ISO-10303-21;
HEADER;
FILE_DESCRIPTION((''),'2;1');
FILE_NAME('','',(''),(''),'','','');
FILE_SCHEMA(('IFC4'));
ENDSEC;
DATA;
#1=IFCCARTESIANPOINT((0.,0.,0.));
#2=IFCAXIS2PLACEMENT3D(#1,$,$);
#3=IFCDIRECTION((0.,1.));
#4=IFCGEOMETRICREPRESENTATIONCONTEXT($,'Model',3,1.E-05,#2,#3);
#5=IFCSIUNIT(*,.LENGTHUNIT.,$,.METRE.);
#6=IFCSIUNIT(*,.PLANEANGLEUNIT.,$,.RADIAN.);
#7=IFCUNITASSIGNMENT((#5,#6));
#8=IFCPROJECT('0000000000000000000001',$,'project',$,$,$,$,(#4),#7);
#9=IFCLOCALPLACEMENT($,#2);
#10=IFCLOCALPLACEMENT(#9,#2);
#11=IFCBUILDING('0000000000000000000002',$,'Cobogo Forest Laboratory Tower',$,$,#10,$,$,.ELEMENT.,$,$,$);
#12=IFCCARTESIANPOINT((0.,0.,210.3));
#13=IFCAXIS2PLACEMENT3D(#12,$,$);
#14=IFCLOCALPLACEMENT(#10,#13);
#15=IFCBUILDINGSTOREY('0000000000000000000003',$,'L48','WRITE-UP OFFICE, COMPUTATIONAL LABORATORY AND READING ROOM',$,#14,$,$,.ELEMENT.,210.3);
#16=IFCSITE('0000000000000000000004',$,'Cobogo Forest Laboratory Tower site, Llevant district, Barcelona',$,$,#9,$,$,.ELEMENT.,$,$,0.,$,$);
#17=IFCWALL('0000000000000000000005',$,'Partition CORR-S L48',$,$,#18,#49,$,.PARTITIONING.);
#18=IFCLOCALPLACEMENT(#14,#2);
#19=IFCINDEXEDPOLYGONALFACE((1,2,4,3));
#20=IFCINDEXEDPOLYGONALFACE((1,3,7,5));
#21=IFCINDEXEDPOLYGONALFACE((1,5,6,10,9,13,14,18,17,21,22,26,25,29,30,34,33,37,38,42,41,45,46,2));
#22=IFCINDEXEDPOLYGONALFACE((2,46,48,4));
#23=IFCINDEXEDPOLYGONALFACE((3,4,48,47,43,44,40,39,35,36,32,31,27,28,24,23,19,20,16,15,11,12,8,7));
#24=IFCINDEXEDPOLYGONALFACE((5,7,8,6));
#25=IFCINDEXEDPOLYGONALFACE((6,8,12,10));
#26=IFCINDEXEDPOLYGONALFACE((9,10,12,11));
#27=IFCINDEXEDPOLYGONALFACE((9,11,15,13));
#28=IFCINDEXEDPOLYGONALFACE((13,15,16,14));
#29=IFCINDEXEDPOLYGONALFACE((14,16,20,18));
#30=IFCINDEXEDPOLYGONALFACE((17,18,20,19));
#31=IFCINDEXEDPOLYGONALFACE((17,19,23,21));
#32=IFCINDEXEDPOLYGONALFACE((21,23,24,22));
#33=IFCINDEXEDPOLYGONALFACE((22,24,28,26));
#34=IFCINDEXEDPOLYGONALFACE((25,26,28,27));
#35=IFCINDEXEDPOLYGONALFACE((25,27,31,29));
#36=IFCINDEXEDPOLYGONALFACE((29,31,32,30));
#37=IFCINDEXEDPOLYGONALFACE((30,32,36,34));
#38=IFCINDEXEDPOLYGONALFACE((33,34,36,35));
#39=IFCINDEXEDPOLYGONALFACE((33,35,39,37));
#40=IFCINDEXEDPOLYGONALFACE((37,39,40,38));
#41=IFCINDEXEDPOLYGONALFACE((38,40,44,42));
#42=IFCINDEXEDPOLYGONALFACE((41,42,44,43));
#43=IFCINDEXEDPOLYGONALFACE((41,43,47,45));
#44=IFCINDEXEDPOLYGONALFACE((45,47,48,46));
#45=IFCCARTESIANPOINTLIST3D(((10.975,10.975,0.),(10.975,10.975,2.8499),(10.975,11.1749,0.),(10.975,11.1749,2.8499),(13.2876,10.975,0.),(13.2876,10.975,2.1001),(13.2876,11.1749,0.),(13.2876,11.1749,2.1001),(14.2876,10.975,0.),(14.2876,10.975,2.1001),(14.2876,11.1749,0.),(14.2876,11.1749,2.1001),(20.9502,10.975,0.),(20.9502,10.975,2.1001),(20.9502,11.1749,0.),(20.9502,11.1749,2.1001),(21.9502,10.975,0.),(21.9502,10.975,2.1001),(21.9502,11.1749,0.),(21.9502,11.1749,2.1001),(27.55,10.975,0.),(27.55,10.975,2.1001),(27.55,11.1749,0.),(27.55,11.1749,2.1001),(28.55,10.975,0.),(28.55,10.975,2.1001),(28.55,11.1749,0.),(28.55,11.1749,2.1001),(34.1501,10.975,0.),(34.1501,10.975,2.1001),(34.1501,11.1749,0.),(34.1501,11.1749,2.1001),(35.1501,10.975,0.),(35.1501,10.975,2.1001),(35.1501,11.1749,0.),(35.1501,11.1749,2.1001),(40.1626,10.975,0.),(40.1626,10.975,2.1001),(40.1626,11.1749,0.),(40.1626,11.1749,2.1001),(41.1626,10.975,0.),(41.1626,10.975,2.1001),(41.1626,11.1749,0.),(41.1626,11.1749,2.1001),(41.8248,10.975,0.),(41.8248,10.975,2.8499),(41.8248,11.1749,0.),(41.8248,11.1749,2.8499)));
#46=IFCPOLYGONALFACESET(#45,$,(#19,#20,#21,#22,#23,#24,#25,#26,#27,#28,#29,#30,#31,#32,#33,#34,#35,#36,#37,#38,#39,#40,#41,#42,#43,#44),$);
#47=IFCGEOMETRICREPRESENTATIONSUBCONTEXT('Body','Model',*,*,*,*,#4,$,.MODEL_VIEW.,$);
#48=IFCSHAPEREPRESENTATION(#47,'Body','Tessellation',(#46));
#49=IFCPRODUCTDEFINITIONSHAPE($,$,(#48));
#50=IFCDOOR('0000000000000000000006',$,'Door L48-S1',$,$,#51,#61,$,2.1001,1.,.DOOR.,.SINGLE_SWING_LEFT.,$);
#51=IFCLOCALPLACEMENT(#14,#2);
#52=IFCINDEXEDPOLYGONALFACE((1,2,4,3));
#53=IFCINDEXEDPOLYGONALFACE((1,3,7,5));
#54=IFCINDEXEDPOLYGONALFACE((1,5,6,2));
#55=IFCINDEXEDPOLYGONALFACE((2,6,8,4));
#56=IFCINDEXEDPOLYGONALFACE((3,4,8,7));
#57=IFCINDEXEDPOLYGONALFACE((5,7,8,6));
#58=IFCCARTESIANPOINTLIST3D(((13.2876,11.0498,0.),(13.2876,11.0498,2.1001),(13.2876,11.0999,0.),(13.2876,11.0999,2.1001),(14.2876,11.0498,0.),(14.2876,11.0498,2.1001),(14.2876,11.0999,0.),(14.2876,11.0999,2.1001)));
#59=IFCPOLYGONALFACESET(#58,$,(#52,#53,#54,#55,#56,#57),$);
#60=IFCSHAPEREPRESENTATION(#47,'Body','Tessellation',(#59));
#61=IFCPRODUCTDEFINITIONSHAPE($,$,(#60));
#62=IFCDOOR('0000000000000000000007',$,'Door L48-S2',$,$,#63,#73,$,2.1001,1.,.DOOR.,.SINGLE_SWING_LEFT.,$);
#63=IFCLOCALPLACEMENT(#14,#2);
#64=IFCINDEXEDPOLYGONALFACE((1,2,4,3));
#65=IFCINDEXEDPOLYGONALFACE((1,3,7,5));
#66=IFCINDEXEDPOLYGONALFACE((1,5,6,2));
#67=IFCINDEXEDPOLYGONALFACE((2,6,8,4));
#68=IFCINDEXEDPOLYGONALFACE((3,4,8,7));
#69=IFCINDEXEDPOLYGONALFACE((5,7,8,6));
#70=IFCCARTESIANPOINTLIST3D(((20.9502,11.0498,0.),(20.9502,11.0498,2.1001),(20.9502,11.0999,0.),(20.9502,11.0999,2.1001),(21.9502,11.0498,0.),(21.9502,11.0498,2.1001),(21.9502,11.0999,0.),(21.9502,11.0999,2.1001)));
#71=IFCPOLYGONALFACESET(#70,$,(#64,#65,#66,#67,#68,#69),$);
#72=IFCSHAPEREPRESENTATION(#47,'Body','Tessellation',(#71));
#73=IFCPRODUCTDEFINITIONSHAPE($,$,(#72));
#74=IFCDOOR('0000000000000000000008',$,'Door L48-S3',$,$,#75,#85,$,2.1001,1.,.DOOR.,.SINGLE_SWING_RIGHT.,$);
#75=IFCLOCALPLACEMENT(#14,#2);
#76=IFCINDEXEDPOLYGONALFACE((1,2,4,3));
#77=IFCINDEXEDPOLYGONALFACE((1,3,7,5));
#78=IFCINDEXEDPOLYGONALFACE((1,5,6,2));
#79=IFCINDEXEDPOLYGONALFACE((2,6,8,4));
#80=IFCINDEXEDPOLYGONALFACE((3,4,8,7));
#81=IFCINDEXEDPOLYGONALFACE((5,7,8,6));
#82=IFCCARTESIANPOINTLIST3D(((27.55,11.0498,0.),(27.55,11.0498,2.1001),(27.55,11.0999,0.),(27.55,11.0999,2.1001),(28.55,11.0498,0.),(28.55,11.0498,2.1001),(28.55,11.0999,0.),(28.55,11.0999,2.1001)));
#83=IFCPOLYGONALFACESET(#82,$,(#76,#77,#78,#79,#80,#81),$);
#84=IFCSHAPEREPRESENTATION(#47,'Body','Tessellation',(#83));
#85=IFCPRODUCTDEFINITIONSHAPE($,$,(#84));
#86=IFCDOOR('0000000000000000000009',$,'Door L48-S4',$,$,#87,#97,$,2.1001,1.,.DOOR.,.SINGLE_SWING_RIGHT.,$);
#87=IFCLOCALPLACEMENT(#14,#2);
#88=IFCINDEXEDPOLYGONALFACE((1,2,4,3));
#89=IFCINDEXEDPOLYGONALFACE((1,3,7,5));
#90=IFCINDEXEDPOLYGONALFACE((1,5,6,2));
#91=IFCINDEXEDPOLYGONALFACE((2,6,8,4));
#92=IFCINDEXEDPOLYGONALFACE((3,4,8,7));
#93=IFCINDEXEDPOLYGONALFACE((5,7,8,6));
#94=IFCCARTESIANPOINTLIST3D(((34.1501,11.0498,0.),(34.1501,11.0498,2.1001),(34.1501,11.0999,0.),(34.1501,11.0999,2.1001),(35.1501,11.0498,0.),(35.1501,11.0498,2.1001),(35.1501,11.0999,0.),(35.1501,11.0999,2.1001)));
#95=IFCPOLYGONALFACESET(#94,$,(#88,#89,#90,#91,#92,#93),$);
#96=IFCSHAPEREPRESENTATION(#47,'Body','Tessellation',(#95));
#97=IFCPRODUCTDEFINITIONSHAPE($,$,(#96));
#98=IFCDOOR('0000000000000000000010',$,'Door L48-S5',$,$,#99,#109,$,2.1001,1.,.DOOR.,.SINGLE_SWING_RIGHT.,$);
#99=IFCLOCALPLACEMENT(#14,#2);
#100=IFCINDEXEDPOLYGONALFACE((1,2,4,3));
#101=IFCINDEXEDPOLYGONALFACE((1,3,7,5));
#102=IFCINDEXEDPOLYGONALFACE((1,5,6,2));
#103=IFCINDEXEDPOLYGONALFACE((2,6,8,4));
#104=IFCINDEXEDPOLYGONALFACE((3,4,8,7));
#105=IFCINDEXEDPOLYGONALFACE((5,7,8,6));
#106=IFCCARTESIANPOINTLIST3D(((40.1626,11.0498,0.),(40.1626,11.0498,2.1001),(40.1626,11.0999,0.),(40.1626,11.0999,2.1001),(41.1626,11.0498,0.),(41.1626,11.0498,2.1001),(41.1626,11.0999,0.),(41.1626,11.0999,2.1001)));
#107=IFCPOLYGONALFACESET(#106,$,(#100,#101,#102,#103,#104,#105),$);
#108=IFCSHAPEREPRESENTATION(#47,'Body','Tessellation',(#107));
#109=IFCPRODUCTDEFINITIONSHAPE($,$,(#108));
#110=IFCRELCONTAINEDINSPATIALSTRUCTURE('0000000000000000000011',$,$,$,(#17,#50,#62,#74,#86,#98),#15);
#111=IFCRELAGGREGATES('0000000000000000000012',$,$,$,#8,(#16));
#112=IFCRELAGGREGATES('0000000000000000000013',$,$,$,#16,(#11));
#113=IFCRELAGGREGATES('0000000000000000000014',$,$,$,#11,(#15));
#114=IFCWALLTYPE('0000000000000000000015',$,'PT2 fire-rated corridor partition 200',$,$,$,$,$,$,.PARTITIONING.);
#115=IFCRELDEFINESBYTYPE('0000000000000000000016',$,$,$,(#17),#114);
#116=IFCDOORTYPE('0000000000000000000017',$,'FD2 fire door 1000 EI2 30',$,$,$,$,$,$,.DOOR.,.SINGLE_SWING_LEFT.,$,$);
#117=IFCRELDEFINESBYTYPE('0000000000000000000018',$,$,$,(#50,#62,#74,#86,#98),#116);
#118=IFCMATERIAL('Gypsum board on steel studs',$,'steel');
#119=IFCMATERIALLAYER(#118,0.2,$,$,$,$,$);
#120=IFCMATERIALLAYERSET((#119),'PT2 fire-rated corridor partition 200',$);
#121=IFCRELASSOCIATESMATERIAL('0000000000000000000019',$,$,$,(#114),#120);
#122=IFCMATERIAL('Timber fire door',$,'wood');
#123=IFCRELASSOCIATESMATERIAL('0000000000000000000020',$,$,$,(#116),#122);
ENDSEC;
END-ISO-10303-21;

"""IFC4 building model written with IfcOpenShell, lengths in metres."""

from ifc_helpers import new_model, si_unit, direction, frame, frame_2d, origin, place, context, subcontext, project, spatial, rectangle, extrude, material, layer, layer_set, type_object, element, fill, save


model = new_model("IFC4")

# Units and contexts
model_context = context("Model", 3, precision=1e-05, world=origin(), true_north=direction((0.0, 1.0)))
body_context = subcontext(model_context, "Body", "Model", "MODEL_VIEW")
ifc_project = project(units=[si_unit("LENGTHUNIT", "METRE"), si_unit("PLANEANGLEUNIT", "RADIAN")], contexts=[model_context])

# Site, building, storey
site_placement = place(None, origin())
site = spatial("IfcSite", under=ifc_project, at=site_placement, Name="Cobogo Forest Laboratory Tower site, Llevant district, Barcelona", CompositionType="ELEMENT", RefElevation=0.0)
building_placement = place(site_placement, origin())
building = spatial("IfcBuilding", under=site, at=building_placement, Name="Cobogo Forest Laboratory Tower", CompositionType="ELEMENT")
storey_placement = place(building_placement, frame((0.0, 0.0, 210.3)))
storey = spatial("IfcBuildingStorey", under=building, at=storey_placement, Name="L48", Description="WRITE-UP OFFICE, COMPUTATIONAL LABORATORY AND READING ROOM", CompositionType="ELEMENT", Elevation=210.3)

# Shared definitions
ifc_material_1 = material(Name="Gypsum board on steel studs", Category="steel")

# Wall, openings, doors
ifc_layer_1 = layer(ifc_material_1, 0.2)
ifc_layer_set_1 = layer_set([ifc_layer_1], Name="PT2 fire-rated corridor partition 200")
wall_type_1 = type_object("IfcWallType", Name="PT2 fire-rated corridor partition 200", PredefinedType="PARTITIONING", material=ifc_layer_set_1)
wall_1_placement = place(storey_placement, frame((10.9751, 11.075, 0.0), z_axis=(0.0, 0.0, 1.0), x_axis=(1.0, 0.0, 0.0)))
wall_1 = element("IfcWall", 1, at=wall_1_placement, inside=storey, type_object=wall_type_1, Name="Partition CORR-S L48", PredefinedType="PARTITIONING", context=body_context, shape_type="SweptSolid", body=[
    extrude(rectangle(XDim=30.8499, YDim=0.2, at=frame_2d((15.4248, 0.0))), origin(), (0.0, 0.0, 1.0), 2.8499),
])
opening_1_placement = place(wall_1_placement, frame((2.3125, 0.0, 0.0)))
opening_1 = element("IfcOpeningElement", 2, at=opening_1_placement, cuts=wall_1, PredefinedType="OPENING", context=body_context, shape_type="SweptSolid", body=[
    extrude(rectangle(XDim=1.0, YDim=2.1001, at=frame_2d((0.5, 1.05))), frame((0.0, 0.1099, 0.0), z_axis=(0.0, -1.0, 0.0), x_axis=(1.0, 0.0, 0.0)), (0.0, 0.0, 1.0), 0.22),
])
opening_2_placement = place(wall_1_placement, frame((9.9751, 0.0, 0.0)))
opening_2 = element("IfcOpeningElement", 3, at=opening_2_placement, cuts=wall_1, PredefinedType="OPENING", context=body_context, shape_type="SweptSolid", body=[
    extrude(rectangle(XDim=1.0, YDim=2.1001, at=frame_2d((0.5, 1.05))), frame((0.0, 0.1099, 0.0), z_axis=(0.0, -1.0, 0.0), x_axis=(1.0, 0.0, 0.0)), (0.0, 0.0, 1.0), 0.22),
])
opening_3_placement = place(wall_1_placement, frame((16.575, 0.0, 0.0)))
opening_3 = element("IfcOpeningElement", 4, at=opening_3_placement, cuts=wall_1, PredefinedType="OPENING", context=body_context, shape_type="SweptSolid", body=[
    extrude(rectangle(XDim=1.0, YDim=2.1001, at=frame_2d((0.5, 1.05))), frame((0.0, 0.1099, 0.0), z_axis=(0.0, -1.0, 0.0), x_axis=(1.0, 0.0, 0.0)), (0.0, 0.0, 1.0), 0.22),
])
opening_4_placement = place(wall_1_placement, frame((23.175, 0.0, 0.0)))
opening_4 = element("IfcOpeningElement", 5, at=opening_4_placement, cuts=wall_1, PredefinedType="OPENING", context=body_context, shape_type="SweptSolid", body=[
    extrude(rectangle(XDim=1.0, YDim=2.1001, at=frame_2d((0.5, 1.05))), frame((0.0, 0.1099, 0.0), z_axis=(0.0, -1.0, 0.0), x_axis=(1.0, 0.0, 0.0)), (0.0, 0.0, 1.0), 0.22),
])
opening_5_placement = place(wall_1_placement, frame((29.1875, 0.0, 0.0)))
opening_5 = element("IfcOpeningElement", 6, at=opening_5_placement, cuts=wall_1, PredefinedType="OPENING", context=body_context, shape_type="SweptSolid", body=[
    extrude(rectangle(XDim=1.0, YDim=2.1001, at=frame_2d((0.5, 1.05))), frame((0.0, 0.1099, 0.0), z_axis=(0.0, -1.0, 0.0), x_axis=(1.0, 0.0, 0.0)), (0.0, 0.0, 1.0), 0.22),
])
ifc_material_2 = material(Name="Timber fire door", Category="wood")
door_type_1 = type_object("IfcDoorType", Name="FD2 fire door 1000 EI2 30", OperationType="SINGLE_SWING_LEFT", PredefinedType="DOOR", material=ifc_material_2)
door_1_placement = place(opening_1_placement, origin())
door_1 = element("IfcDoor", 7, at=door_1_placement, inside=storey, type_object=door_type_1, Name="Door L48-S1", OperationType="SINGLE_SWING_LEFT", OverallHeight=2.1001, OverallWidth=1.0, PredefinedType="DOOR", context=body_context, shape_type="SweptSolid", body=[
    extrude(rectangle(XDim=1.0, YDim=2.1001, at=frame_2d((0.5, 1.05))), frame((0.0, 0.0249, 0.0), z_axis=(0.0, -1.0, 0.0), x_axis=(1.0, 0.0, 0.0)), (0.0, 0.0, 1.0), 0.05),
])
fill(opening_1, door_1)
door_2_placement = place(opening_2_placement, origin())
door_2 = element("IfcDoor", 8, at=door_2_placement, inside=storey, type_object=door_type_1, Name="Door L48-S2", OperationType="SINGLE_SWING_LEFT", OverallHeight=2.1001, OverallWidth=1.0, PredefinedType="DOOR", context=body_context, shape_type="SweptSolid", body=[
    extrude(rectangle(XDim=1.0, YDim=2.1001, at=frame_2d((0.5, 1.05))), frame((0.0, 0.0249, 0.0), z_axis=(0.0, -1.0, 0.0), x_axis=(1.0, 0.0, 0.0)), (0.0, 0.0, 1.0), 0.05),
])
fill(opening_2, door_2)
door_3_placement = place(opening_3_placement, origin())
door_3 = element("IfcDoor", 9, at=door_3_placement, inside=storey, type_object=door_type_1, Name="Door L48-S3", OperationType="SINGLE_SWING_RIGHT", OverallHeight=2.1001, OverallWidth=1.0, PredefinedType="DOOR", context=body_context, shape_type="SweptSolid", body=[
    extrude(rectangle(XDim=1.0, YDim=2.1001, at=frame_2d((0.5, 1.05))), frame((0.0, 0.0249, 0.0), z_axis=(0.0, -1.0, 0.0), x_axis=(1.0, 0.0, 0.0)), (0.0, 0.0, 1.0), 0.05),
])
fill(opening_3, door_3)
door_4_placement = place(opening_4_placement, origin())
door_4 = element("IfcDoor", 10, at=door_4_placement, inside=storey, type_object=door_type_1, Name="Door L48-S4", OperationType="SINGLE_SWING_RIGHT", OverallHeight=2.1001, OverallWidth=1.0, PredefinedType="DOOR", context=body_context, shape_type="SweptSolid", body=[
    extrude(rectangle(XDim=1.0, YDim=2.1001, at=frame_2d((0.5, 1.05))), frame((0.0, 0.0249, 0.0), z_axis=(0.0, -1.0, 0.0), x_axis=(1.0, 0.0, 0.0)), (0.0, 0.0, 1.0), 0.05),
])
fill(opening_4, door_4)
door_5_placement = place(opening_5_placement, origin())
door_5 = element("IfcDoor", 11, at=door_5_placement, inside=storey, type_object=door_type_1, Name="Door L48-S5", OperationType="SINGLE_SWING_RIGHT", OverallHeight=2.1001, OverallWidth=1.0, PredefinedType="DOOR", context=body_context, shape_type="SweptSolid", body=[
    extrude(rectangle(XDim=1.0, YDim=2.1001, at=frame_2d((0.5, 1.05))), frame((0.0, 0.0249, 0.0), z_axis=(0.0, -1.0, 0.0), x_axis=(1.0, 0.0, 0.0)), (0.0, 0.0, 1.0), 0.05),
])
fill(opening_5, door_5)

save(model, "model.ifc")
